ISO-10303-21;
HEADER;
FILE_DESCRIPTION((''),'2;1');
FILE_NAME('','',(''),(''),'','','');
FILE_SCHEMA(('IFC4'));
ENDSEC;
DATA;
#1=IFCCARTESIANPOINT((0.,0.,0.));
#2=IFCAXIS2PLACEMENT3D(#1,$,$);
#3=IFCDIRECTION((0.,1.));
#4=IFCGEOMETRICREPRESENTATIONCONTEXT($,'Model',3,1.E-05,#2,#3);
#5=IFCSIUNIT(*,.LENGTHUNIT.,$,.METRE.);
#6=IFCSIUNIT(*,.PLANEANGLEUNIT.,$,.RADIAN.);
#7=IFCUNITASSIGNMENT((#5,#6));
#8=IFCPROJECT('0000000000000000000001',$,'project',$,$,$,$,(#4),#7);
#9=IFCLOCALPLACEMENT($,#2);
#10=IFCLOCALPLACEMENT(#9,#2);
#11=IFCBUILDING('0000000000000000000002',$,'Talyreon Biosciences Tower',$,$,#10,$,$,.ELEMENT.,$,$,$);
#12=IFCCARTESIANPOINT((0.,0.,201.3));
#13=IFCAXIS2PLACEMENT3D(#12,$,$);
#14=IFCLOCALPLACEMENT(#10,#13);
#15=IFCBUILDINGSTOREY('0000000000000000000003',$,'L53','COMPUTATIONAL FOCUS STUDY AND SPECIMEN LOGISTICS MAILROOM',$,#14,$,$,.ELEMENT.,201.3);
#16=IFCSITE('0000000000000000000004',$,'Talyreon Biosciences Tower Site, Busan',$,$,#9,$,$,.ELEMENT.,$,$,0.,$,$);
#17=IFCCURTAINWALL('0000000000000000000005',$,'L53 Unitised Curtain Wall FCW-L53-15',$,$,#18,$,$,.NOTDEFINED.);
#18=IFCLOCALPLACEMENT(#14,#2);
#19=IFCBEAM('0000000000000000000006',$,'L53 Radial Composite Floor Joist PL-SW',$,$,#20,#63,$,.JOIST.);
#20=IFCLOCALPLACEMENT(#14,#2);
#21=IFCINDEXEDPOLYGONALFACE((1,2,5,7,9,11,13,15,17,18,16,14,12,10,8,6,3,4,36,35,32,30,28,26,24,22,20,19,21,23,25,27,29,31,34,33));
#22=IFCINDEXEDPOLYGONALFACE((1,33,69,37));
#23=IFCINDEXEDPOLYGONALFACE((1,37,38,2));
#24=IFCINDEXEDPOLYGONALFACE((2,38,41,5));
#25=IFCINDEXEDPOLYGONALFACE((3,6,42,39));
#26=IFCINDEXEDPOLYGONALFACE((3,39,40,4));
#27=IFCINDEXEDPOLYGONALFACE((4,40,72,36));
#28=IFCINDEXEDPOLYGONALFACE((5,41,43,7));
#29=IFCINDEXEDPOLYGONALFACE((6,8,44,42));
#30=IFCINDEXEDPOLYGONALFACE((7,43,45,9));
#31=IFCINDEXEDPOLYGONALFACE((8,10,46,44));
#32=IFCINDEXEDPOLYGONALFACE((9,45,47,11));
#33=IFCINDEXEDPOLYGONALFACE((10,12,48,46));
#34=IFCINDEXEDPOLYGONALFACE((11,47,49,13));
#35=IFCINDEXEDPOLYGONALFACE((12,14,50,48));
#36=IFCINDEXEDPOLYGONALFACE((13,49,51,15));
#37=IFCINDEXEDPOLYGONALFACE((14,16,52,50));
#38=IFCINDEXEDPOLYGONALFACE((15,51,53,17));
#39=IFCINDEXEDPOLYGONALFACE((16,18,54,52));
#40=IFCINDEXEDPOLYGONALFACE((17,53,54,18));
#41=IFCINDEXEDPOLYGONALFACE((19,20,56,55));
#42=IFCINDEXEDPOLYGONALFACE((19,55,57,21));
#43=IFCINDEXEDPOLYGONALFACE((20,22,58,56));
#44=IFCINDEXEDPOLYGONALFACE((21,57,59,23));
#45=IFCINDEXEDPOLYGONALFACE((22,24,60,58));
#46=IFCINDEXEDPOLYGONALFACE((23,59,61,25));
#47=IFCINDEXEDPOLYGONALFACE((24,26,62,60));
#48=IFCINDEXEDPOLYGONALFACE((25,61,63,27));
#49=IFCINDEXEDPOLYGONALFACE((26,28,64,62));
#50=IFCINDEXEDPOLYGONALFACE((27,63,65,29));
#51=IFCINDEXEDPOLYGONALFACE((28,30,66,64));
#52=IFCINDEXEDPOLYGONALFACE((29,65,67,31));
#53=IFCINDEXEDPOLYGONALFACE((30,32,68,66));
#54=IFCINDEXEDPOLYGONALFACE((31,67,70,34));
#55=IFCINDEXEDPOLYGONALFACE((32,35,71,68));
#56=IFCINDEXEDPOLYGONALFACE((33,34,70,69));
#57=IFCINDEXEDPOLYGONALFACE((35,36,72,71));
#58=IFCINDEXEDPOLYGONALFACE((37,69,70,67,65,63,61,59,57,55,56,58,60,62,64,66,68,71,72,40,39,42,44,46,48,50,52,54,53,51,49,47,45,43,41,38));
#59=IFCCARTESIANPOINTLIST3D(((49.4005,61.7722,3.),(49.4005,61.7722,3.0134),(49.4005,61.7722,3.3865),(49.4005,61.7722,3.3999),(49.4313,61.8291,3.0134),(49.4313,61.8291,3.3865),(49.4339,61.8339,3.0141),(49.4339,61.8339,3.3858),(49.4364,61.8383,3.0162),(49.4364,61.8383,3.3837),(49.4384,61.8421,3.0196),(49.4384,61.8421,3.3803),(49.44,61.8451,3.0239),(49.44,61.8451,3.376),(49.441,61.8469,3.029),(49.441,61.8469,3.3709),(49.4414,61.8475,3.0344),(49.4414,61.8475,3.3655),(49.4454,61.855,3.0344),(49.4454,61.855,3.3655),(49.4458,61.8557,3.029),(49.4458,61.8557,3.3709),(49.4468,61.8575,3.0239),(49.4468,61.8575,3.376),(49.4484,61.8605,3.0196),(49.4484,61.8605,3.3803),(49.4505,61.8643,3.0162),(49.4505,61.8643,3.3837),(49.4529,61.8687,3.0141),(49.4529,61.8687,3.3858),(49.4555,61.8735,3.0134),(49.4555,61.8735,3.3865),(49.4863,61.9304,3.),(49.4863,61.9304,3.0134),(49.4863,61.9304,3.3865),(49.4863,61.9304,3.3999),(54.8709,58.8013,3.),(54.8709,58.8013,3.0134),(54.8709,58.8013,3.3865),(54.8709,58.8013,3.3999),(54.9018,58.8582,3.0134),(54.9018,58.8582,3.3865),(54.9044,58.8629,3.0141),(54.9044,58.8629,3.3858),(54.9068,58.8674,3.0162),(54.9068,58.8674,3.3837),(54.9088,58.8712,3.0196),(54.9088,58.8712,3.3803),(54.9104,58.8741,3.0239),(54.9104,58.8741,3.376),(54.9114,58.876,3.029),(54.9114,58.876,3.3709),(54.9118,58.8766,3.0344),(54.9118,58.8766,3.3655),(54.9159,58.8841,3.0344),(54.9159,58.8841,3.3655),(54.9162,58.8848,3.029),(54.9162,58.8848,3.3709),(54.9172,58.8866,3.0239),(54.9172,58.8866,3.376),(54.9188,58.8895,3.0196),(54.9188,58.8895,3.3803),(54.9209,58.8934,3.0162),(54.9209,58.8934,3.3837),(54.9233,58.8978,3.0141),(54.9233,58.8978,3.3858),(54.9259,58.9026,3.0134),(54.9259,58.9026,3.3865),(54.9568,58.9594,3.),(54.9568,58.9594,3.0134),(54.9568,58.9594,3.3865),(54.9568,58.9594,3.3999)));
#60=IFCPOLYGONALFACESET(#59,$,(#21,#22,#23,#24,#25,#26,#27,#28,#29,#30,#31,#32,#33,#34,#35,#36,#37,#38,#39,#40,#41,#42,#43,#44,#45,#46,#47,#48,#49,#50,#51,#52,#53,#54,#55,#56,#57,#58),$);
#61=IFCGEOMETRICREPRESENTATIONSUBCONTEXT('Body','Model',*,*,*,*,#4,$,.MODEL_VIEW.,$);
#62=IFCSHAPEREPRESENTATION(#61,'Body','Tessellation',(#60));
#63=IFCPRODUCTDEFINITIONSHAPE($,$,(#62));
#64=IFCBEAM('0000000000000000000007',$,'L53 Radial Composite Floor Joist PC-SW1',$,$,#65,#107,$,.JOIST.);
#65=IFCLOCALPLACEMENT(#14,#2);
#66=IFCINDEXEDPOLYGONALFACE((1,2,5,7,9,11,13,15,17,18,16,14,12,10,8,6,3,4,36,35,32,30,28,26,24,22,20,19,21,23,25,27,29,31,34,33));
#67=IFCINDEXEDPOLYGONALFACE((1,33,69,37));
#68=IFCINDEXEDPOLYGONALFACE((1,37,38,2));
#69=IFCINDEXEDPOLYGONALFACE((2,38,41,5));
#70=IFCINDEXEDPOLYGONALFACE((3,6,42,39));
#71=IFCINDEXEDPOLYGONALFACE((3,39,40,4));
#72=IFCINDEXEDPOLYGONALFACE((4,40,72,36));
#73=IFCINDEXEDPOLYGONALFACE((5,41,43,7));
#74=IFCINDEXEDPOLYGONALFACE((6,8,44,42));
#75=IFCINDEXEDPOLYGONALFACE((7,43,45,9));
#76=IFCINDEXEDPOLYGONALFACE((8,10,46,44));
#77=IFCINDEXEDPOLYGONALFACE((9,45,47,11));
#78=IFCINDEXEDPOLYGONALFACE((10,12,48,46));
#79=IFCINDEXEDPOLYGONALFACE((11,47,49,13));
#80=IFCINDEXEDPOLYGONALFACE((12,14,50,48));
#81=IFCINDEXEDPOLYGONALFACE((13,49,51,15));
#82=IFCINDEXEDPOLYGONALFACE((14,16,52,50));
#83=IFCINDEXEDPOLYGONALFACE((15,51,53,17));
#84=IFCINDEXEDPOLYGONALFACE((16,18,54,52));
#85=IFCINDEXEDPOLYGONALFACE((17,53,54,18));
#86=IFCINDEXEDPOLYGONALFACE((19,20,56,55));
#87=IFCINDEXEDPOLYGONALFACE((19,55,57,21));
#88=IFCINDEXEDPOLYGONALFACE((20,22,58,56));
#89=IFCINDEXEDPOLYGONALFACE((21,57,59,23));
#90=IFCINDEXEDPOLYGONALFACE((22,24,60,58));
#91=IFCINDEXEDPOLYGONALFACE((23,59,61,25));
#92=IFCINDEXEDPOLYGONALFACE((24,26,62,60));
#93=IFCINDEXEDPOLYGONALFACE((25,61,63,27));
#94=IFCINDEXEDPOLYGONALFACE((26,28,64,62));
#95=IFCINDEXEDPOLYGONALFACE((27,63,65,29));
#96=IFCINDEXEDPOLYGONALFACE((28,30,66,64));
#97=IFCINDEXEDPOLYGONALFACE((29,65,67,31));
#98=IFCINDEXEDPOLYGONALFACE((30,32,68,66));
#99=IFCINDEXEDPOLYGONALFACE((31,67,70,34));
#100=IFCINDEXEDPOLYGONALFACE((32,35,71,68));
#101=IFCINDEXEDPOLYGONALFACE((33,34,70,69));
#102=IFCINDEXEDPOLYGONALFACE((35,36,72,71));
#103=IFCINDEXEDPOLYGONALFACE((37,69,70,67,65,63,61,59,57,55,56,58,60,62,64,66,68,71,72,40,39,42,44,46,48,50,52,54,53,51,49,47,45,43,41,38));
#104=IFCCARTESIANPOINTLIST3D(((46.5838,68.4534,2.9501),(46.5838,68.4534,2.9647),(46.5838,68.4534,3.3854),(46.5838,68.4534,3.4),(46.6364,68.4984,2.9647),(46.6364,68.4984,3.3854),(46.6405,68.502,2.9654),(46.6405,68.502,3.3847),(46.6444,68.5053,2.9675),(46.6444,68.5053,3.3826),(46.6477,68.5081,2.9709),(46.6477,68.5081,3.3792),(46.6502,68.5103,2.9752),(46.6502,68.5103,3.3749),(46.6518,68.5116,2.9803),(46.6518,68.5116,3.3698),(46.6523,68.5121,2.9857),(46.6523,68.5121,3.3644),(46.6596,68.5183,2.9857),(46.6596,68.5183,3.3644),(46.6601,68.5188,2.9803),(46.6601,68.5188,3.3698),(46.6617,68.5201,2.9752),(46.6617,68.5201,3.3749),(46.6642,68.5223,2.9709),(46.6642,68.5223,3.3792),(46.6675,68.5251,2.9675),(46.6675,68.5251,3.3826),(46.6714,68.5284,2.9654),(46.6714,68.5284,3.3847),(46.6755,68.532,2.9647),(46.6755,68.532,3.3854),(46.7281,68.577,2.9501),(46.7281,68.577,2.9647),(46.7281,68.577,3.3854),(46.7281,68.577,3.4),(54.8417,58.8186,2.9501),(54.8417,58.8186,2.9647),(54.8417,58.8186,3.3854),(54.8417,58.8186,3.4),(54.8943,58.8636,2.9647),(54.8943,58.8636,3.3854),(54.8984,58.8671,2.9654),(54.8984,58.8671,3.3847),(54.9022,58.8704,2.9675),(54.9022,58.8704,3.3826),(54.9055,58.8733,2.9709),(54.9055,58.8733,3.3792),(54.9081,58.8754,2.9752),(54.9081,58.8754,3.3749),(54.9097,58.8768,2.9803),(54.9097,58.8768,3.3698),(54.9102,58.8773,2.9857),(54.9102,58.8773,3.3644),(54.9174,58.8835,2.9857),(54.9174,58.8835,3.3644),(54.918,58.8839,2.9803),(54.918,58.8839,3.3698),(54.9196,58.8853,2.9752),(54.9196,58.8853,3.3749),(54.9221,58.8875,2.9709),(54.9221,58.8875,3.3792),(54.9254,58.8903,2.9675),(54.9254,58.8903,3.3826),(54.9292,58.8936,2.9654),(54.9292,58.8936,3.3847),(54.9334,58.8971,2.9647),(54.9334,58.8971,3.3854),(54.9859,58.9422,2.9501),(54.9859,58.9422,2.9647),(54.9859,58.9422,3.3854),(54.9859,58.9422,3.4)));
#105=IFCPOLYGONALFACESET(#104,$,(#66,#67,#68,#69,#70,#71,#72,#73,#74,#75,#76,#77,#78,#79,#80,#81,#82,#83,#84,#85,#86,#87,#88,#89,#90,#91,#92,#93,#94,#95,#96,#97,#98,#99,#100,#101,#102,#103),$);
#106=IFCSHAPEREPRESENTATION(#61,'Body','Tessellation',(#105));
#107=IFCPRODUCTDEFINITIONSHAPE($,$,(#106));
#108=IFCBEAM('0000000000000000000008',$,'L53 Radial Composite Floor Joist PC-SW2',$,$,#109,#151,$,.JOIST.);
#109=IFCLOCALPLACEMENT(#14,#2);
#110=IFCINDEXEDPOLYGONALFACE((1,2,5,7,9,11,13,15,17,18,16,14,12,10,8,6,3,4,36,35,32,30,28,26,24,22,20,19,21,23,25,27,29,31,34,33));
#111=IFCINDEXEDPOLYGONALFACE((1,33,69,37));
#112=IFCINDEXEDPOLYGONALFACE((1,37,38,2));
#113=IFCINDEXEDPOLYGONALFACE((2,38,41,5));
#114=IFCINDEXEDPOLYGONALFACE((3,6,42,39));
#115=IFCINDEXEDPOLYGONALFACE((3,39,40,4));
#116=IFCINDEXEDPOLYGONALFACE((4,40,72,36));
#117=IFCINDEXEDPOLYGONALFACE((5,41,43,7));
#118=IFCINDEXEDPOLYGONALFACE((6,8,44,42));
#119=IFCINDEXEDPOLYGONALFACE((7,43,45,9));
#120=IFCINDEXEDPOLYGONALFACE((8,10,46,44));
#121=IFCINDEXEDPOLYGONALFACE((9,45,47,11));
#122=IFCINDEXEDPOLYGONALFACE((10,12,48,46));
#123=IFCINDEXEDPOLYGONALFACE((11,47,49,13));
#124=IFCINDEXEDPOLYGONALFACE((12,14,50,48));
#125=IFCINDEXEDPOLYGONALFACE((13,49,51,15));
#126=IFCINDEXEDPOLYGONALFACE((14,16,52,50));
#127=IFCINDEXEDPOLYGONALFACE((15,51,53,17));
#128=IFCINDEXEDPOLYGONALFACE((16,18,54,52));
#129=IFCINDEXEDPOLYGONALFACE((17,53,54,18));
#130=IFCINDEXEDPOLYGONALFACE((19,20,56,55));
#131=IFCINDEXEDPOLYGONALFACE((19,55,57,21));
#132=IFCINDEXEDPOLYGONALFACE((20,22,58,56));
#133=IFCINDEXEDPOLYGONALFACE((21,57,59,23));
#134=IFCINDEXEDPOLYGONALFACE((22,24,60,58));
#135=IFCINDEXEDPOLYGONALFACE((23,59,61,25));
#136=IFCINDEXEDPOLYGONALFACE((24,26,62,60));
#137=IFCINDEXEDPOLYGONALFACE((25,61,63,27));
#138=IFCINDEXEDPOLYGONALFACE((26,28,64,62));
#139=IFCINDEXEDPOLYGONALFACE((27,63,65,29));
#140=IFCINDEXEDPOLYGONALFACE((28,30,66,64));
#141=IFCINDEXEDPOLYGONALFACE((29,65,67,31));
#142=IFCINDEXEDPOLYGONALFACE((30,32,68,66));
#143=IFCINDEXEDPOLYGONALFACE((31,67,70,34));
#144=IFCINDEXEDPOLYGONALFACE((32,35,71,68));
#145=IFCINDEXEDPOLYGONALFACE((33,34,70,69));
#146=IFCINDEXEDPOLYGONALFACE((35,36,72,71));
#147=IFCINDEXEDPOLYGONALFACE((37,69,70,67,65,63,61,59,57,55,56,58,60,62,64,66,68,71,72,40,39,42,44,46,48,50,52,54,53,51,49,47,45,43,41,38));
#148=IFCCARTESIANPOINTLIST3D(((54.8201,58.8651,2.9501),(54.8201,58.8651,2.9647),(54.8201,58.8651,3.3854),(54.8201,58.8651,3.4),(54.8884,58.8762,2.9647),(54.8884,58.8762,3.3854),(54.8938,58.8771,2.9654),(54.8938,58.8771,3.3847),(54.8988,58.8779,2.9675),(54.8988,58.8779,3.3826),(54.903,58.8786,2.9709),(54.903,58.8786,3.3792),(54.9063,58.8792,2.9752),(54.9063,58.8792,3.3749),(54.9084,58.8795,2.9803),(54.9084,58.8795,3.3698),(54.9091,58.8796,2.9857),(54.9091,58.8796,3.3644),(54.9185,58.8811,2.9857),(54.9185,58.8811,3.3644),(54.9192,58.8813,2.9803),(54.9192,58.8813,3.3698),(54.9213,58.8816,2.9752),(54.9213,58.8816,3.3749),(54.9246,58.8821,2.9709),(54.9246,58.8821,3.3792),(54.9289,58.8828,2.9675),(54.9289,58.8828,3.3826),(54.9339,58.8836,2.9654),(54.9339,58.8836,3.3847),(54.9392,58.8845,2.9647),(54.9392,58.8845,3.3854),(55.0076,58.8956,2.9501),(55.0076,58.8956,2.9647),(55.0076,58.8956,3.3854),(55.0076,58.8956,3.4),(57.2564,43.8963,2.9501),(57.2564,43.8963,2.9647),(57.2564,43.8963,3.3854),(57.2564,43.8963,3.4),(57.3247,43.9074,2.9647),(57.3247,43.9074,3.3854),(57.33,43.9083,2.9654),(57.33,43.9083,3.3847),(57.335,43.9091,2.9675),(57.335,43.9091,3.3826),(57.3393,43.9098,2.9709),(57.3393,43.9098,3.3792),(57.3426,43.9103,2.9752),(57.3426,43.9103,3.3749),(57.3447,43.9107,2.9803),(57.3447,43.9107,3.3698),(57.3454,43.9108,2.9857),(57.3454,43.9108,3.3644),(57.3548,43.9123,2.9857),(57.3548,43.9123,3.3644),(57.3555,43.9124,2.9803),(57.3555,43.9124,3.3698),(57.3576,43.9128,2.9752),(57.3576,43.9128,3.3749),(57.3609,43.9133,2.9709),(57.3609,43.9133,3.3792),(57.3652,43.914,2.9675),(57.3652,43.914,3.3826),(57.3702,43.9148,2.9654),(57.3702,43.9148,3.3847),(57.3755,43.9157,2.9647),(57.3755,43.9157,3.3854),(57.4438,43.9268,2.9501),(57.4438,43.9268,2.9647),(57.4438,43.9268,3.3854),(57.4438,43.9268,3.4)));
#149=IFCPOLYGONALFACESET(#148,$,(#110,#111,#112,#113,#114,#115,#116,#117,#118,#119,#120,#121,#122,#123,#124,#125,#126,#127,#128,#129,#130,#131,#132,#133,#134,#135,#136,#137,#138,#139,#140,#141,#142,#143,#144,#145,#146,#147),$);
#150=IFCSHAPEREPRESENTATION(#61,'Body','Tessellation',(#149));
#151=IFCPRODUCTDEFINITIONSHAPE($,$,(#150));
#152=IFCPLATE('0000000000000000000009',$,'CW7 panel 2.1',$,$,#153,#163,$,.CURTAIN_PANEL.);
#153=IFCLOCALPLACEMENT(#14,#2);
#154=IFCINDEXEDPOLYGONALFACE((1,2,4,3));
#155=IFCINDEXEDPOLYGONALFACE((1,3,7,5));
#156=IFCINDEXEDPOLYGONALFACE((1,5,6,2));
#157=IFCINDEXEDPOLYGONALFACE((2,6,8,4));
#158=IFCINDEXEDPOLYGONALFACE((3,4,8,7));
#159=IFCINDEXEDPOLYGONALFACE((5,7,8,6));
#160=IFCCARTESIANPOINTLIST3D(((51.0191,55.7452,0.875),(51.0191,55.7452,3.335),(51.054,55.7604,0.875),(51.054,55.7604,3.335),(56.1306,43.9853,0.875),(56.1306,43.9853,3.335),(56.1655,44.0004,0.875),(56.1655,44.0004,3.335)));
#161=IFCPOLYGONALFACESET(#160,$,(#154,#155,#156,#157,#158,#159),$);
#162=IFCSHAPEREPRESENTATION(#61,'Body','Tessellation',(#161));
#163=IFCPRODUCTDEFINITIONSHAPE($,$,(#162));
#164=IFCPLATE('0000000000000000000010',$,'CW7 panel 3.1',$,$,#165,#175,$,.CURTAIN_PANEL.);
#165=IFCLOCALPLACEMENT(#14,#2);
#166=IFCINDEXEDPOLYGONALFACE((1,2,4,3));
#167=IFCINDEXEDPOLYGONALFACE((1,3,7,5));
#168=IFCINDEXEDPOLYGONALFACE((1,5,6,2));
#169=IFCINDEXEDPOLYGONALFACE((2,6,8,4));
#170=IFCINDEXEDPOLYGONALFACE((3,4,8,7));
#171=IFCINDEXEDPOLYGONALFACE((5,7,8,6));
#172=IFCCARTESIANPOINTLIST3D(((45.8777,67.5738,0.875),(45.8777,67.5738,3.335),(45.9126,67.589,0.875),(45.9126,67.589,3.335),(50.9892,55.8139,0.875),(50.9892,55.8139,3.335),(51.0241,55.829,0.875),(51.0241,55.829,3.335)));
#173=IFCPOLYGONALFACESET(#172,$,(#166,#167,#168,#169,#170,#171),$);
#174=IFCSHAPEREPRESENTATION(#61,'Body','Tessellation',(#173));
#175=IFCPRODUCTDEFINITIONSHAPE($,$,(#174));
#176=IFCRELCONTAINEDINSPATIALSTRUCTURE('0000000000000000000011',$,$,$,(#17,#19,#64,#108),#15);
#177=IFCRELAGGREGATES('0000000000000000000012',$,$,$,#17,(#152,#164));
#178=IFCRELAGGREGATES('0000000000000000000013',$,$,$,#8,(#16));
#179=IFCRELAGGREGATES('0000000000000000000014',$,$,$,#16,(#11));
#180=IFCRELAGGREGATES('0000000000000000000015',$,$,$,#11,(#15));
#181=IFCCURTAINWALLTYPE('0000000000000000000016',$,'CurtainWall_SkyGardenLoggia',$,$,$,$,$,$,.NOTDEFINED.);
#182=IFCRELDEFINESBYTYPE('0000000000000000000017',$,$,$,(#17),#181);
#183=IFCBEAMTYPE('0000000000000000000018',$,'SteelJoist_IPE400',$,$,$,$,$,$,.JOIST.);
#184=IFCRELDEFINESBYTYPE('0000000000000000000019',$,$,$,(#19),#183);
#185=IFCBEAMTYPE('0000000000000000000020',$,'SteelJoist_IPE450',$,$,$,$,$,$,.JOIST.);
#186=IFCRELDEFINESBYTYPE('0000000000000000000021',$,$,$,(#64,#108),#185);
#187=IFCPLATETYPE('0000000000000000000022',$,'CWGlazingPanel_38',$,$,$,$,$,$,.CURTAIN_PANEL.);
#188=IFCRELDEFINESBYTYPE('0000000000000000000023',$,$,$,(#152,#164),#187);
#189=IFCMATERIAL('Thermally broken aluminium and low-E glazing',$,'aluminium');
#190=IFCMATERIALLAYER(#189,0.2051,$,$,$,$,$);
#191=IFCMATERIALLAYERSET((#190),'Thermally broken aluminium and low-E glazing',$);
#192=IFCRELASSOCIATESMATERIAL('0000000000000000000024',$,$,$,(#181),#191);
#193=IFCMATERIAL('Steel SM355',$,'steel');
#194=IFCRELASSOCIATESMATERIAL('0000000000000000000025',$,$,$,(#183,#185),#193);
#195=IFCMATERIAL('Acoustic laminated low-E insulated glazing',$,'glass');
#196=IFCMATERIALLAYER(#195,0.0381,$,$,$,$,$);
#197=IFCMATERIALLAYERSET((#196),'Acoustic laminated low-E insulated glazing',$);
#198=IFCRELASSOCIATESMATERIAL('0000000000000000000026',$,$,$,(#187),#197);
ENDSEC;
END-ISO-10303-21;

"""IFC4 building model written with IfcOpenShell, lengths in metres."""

from ifc_helpers import new_model, si_unit, direction, frame, origin, origin_2d, place, context, subcontext, project, spatial, rectangle, i_section, extrude, material, layer, layer_set, material_profile, profile_set, type_object, element, aggregate, save


model = new_model("IFC4")

# Units and contexts
model_context = context("Model", 3, precision=1e-05, world=origin(), true_north=direction((0.0, 1.0)))
body_context = subcontext(model_context, "Body", "Model", "MODEL_VIEW")
ifc_project = project(units=[si_unit("LENGTHUNIT", "METRE"), si_unit("PLANEANGLEUNIT", "RADIAN")], contexts=[model_context])

# Site, building, storey
site_placement = place(None, origin())
site = spatial("IfcSite", under=ifc_project, at=site_placement, Name="Talyreon Biosciences Tower Site, Busan", CompositionType="ELEMENT", RefElevation=0.0)
building_placement = place(site_placement, origin())
building = spatial("IfcBuilding", under=site, at=building_placement, Name="Talyreon Biosciences Tower", CompositionType="ELEMENT")
storey_placement = place(building_placement, frame((0.0, 0.0, 201.3)))
storey = spatial("IfcBuildingStorey", under=building, at=storey_placement, Name="L53", Description="COMPUTATIONAL FOCUS STUDY AND SPECIMEN LOGISTICS MAILROOM", CompositionType="ELEMENT", Elevation=201.3)

# Curtain wall
ifc_material_1 = material(Name="Thermally broken aluminium and low-E glazing", Category="aluminium")
ifc_layer_1 = layer(ifc_material_1, 0.2051)
ifc_layer_set_1 = layer_set([ifc_layer_1], Name="Thermally broken aluminium and low-E glazing")
curtain_wall_type = type_object("IfcCurtainWallType", Name="CurtainWall_SkyGardenLoggia", PredefinedType="NOTDEFINED", material=ifc_layer_set_1)
curtain_wall_placement = place(storey_placement, origin())
curtain_wall = element("IfcCurtainWall", 1, at=curtain_wall_placement, inside=storey, type_object=curtain_wall_type, Name="L53 Unitised Curtain Wall FCW-L53-15", PredefinedType="NOTDEFINED")

# Beams
ifc_material_2 = material(Name="Steel SM355", Category="steel")
ifc_material_profile_1 = material_profile(ifc_material_2, i_section(OverallWidth=0.1799, OverallDepth=0.3999, WebThickness=0.0085, FlangeThickness=0.0134, FilletRadius=0.021, at=origin_2d()), Name="IPE400")
ifc_profile_set_1 = profile_set([ifc_material_profile_1], Name="Steel SM355")
beam_type_1 = type_object("IfcBeamType", Name="SteelJoist_IPE400", PredefinedType="JOIST", material=ifc_profile_set_1)
beam_1_placement = place(storey_placement, frame((54.9138, 58.8804, 3.2), z_axis=(-0.878768, 0.477249, 0.0), x_axis=(-0.477249, -0.878768, 0.0)))
element("IfcBeam", 2, at=beam_1_placement, inside=storey, type_object=beam_type_1, Name="L53 Radial Composite Floor Joist PL-SW", PredefinedType="JOIST", context=body_context, shape_type="SweptSolid", body=[
    extrude(i_section(OverallWidth=0.1799, OverallDepth=0.3999, WebThickness=0.0085, FlangeThickness=0.0134, FilletRadius=0.021, at=origin_2d()), origin(), (0.0, 0.0, 1.0), 6.2251),
])
ifc_material_profile_2 = material_profile(ifc_material_2, i_section(OverallWidth=0.1899, OverallDepth=0.45, WebThickness=0.0095, FlangeThickness=0.0146, FilletRadius=0.021, at=origin_2d()), Name="IPE450")
ifc_profile_set_2 = profile_set([ifc_material_profile_2], Name="Steel SM355")
beam_type_2 = type_object("IfcBeamType", Name="SteelJoist_IPE450", PredefinedType="JOIST", material=ifc_profile_set_2)
beam_2_placement = place(storey_placement, frame((54.9138, 58.8804, 3.175), z_axis=(-0.650766, 0.759278, 0.0), x_axis=(-0.759278, -0.650766, 0.0)))
element("IfcBeam", 3, at=beam_2_placement, inside=storey, type_object=beam_type_2, Name="L53 Radial Composite Floor Joist PC-SW1", PredefinedType="JOIST", context=body_context, shape_type="SweptSolid", body=[
    extrude(i_section(OverallWidth=0.1899, OverallDepth=0.45, WebThickness=0.0095, FlangeThickness=0.0146, FilletRadius=0.021, at=origin_2d()), origin(), (0.0, 0.0, 1.0), 12.6895),
])
beam_3_placement = place(storey_placement, frame((54.9138, 58.8804, 3.175), z_axis=(0.160644, -0.987012, 0.0), x_axis=(0.987012, 0.160644, 0.0)))
element("IfcBeam", 4, at=beam_3_placement, inside=storey, type_object=beam_type_2, Name="L53 Radial Composite Floor Joist PC-SW2", PredefinedType="JOIST", context=body_context, shape_type="SweptSolid", body=[
    extrude(i_section(OverallWidth=0.1899, OverallDepth=0.45, WebThickness=0.0095, FlangeThickness=0.0146, FilletRadius=0.021, at=origin_2d()), origin(), (0.0, 0.0, 1.0), 15.1658),
])

# Plates
ifc_material_3 = material(Name="Acoustic laminated low-E insulated glazing", Category="glass")
ifc_layer_2 = layer(ifc_material_3, 0.0381)
ifc_layer_set_2 = layer_set([ifc_layer_2], Name="Acoustic laminated low-E insulated glazing")
plate_type_1 = type_object("IfcPlateType", Name="CWGlazingPanel_38", PredefinedType="CURTAIN_PANEL", material=ifc_layer_set_2)
plate_1_placement = place(storey_placement, frame((53.5923, 49.8728, 0.875), z_axis=(0.0, 0.0, 1.0), x_axis=(-0.398626, 0.917113, 0.0)))
plate_1 = element("IfcPlate", 5, at=plate_1_placement, type_object=plate_type_1, Name="CW7 panel 2.1", PredefinedType="CURTAIN_PANEL", context=body_context, shape_type="SweptSolid", body=[
    extrude(rectangle(XDim=12.8228, YDim=0.0381, at=origin_2d()), origin(), (0.0, 0.0, 1.0), 2.46),
])
plate_2_placement = place(storey_placement, frame((48.4509, 61.7014, 0.875), z_axis=(0.0, 0.0, 1.0), x_axis=(-0.398626, 0.917113, 0.0)))
plate_2 = element("IfcPlate", 6, at=plate_2_placement, type_object=plate_type_1, Name="CW7 panel 3.1", PredefinedType="CURTAIN_PANEL", context=body_context, shape_type="SweptSolid", body=[
    extrude(rectangle(XDim=12.8228, YDim=0.0381, at=origin_2d()), origin(), (0.0, 0.0, 1.0), 2.46),
])
aggregate(curtain_wall, [plate_1, plate_2])

save(model, "model.ifc")
